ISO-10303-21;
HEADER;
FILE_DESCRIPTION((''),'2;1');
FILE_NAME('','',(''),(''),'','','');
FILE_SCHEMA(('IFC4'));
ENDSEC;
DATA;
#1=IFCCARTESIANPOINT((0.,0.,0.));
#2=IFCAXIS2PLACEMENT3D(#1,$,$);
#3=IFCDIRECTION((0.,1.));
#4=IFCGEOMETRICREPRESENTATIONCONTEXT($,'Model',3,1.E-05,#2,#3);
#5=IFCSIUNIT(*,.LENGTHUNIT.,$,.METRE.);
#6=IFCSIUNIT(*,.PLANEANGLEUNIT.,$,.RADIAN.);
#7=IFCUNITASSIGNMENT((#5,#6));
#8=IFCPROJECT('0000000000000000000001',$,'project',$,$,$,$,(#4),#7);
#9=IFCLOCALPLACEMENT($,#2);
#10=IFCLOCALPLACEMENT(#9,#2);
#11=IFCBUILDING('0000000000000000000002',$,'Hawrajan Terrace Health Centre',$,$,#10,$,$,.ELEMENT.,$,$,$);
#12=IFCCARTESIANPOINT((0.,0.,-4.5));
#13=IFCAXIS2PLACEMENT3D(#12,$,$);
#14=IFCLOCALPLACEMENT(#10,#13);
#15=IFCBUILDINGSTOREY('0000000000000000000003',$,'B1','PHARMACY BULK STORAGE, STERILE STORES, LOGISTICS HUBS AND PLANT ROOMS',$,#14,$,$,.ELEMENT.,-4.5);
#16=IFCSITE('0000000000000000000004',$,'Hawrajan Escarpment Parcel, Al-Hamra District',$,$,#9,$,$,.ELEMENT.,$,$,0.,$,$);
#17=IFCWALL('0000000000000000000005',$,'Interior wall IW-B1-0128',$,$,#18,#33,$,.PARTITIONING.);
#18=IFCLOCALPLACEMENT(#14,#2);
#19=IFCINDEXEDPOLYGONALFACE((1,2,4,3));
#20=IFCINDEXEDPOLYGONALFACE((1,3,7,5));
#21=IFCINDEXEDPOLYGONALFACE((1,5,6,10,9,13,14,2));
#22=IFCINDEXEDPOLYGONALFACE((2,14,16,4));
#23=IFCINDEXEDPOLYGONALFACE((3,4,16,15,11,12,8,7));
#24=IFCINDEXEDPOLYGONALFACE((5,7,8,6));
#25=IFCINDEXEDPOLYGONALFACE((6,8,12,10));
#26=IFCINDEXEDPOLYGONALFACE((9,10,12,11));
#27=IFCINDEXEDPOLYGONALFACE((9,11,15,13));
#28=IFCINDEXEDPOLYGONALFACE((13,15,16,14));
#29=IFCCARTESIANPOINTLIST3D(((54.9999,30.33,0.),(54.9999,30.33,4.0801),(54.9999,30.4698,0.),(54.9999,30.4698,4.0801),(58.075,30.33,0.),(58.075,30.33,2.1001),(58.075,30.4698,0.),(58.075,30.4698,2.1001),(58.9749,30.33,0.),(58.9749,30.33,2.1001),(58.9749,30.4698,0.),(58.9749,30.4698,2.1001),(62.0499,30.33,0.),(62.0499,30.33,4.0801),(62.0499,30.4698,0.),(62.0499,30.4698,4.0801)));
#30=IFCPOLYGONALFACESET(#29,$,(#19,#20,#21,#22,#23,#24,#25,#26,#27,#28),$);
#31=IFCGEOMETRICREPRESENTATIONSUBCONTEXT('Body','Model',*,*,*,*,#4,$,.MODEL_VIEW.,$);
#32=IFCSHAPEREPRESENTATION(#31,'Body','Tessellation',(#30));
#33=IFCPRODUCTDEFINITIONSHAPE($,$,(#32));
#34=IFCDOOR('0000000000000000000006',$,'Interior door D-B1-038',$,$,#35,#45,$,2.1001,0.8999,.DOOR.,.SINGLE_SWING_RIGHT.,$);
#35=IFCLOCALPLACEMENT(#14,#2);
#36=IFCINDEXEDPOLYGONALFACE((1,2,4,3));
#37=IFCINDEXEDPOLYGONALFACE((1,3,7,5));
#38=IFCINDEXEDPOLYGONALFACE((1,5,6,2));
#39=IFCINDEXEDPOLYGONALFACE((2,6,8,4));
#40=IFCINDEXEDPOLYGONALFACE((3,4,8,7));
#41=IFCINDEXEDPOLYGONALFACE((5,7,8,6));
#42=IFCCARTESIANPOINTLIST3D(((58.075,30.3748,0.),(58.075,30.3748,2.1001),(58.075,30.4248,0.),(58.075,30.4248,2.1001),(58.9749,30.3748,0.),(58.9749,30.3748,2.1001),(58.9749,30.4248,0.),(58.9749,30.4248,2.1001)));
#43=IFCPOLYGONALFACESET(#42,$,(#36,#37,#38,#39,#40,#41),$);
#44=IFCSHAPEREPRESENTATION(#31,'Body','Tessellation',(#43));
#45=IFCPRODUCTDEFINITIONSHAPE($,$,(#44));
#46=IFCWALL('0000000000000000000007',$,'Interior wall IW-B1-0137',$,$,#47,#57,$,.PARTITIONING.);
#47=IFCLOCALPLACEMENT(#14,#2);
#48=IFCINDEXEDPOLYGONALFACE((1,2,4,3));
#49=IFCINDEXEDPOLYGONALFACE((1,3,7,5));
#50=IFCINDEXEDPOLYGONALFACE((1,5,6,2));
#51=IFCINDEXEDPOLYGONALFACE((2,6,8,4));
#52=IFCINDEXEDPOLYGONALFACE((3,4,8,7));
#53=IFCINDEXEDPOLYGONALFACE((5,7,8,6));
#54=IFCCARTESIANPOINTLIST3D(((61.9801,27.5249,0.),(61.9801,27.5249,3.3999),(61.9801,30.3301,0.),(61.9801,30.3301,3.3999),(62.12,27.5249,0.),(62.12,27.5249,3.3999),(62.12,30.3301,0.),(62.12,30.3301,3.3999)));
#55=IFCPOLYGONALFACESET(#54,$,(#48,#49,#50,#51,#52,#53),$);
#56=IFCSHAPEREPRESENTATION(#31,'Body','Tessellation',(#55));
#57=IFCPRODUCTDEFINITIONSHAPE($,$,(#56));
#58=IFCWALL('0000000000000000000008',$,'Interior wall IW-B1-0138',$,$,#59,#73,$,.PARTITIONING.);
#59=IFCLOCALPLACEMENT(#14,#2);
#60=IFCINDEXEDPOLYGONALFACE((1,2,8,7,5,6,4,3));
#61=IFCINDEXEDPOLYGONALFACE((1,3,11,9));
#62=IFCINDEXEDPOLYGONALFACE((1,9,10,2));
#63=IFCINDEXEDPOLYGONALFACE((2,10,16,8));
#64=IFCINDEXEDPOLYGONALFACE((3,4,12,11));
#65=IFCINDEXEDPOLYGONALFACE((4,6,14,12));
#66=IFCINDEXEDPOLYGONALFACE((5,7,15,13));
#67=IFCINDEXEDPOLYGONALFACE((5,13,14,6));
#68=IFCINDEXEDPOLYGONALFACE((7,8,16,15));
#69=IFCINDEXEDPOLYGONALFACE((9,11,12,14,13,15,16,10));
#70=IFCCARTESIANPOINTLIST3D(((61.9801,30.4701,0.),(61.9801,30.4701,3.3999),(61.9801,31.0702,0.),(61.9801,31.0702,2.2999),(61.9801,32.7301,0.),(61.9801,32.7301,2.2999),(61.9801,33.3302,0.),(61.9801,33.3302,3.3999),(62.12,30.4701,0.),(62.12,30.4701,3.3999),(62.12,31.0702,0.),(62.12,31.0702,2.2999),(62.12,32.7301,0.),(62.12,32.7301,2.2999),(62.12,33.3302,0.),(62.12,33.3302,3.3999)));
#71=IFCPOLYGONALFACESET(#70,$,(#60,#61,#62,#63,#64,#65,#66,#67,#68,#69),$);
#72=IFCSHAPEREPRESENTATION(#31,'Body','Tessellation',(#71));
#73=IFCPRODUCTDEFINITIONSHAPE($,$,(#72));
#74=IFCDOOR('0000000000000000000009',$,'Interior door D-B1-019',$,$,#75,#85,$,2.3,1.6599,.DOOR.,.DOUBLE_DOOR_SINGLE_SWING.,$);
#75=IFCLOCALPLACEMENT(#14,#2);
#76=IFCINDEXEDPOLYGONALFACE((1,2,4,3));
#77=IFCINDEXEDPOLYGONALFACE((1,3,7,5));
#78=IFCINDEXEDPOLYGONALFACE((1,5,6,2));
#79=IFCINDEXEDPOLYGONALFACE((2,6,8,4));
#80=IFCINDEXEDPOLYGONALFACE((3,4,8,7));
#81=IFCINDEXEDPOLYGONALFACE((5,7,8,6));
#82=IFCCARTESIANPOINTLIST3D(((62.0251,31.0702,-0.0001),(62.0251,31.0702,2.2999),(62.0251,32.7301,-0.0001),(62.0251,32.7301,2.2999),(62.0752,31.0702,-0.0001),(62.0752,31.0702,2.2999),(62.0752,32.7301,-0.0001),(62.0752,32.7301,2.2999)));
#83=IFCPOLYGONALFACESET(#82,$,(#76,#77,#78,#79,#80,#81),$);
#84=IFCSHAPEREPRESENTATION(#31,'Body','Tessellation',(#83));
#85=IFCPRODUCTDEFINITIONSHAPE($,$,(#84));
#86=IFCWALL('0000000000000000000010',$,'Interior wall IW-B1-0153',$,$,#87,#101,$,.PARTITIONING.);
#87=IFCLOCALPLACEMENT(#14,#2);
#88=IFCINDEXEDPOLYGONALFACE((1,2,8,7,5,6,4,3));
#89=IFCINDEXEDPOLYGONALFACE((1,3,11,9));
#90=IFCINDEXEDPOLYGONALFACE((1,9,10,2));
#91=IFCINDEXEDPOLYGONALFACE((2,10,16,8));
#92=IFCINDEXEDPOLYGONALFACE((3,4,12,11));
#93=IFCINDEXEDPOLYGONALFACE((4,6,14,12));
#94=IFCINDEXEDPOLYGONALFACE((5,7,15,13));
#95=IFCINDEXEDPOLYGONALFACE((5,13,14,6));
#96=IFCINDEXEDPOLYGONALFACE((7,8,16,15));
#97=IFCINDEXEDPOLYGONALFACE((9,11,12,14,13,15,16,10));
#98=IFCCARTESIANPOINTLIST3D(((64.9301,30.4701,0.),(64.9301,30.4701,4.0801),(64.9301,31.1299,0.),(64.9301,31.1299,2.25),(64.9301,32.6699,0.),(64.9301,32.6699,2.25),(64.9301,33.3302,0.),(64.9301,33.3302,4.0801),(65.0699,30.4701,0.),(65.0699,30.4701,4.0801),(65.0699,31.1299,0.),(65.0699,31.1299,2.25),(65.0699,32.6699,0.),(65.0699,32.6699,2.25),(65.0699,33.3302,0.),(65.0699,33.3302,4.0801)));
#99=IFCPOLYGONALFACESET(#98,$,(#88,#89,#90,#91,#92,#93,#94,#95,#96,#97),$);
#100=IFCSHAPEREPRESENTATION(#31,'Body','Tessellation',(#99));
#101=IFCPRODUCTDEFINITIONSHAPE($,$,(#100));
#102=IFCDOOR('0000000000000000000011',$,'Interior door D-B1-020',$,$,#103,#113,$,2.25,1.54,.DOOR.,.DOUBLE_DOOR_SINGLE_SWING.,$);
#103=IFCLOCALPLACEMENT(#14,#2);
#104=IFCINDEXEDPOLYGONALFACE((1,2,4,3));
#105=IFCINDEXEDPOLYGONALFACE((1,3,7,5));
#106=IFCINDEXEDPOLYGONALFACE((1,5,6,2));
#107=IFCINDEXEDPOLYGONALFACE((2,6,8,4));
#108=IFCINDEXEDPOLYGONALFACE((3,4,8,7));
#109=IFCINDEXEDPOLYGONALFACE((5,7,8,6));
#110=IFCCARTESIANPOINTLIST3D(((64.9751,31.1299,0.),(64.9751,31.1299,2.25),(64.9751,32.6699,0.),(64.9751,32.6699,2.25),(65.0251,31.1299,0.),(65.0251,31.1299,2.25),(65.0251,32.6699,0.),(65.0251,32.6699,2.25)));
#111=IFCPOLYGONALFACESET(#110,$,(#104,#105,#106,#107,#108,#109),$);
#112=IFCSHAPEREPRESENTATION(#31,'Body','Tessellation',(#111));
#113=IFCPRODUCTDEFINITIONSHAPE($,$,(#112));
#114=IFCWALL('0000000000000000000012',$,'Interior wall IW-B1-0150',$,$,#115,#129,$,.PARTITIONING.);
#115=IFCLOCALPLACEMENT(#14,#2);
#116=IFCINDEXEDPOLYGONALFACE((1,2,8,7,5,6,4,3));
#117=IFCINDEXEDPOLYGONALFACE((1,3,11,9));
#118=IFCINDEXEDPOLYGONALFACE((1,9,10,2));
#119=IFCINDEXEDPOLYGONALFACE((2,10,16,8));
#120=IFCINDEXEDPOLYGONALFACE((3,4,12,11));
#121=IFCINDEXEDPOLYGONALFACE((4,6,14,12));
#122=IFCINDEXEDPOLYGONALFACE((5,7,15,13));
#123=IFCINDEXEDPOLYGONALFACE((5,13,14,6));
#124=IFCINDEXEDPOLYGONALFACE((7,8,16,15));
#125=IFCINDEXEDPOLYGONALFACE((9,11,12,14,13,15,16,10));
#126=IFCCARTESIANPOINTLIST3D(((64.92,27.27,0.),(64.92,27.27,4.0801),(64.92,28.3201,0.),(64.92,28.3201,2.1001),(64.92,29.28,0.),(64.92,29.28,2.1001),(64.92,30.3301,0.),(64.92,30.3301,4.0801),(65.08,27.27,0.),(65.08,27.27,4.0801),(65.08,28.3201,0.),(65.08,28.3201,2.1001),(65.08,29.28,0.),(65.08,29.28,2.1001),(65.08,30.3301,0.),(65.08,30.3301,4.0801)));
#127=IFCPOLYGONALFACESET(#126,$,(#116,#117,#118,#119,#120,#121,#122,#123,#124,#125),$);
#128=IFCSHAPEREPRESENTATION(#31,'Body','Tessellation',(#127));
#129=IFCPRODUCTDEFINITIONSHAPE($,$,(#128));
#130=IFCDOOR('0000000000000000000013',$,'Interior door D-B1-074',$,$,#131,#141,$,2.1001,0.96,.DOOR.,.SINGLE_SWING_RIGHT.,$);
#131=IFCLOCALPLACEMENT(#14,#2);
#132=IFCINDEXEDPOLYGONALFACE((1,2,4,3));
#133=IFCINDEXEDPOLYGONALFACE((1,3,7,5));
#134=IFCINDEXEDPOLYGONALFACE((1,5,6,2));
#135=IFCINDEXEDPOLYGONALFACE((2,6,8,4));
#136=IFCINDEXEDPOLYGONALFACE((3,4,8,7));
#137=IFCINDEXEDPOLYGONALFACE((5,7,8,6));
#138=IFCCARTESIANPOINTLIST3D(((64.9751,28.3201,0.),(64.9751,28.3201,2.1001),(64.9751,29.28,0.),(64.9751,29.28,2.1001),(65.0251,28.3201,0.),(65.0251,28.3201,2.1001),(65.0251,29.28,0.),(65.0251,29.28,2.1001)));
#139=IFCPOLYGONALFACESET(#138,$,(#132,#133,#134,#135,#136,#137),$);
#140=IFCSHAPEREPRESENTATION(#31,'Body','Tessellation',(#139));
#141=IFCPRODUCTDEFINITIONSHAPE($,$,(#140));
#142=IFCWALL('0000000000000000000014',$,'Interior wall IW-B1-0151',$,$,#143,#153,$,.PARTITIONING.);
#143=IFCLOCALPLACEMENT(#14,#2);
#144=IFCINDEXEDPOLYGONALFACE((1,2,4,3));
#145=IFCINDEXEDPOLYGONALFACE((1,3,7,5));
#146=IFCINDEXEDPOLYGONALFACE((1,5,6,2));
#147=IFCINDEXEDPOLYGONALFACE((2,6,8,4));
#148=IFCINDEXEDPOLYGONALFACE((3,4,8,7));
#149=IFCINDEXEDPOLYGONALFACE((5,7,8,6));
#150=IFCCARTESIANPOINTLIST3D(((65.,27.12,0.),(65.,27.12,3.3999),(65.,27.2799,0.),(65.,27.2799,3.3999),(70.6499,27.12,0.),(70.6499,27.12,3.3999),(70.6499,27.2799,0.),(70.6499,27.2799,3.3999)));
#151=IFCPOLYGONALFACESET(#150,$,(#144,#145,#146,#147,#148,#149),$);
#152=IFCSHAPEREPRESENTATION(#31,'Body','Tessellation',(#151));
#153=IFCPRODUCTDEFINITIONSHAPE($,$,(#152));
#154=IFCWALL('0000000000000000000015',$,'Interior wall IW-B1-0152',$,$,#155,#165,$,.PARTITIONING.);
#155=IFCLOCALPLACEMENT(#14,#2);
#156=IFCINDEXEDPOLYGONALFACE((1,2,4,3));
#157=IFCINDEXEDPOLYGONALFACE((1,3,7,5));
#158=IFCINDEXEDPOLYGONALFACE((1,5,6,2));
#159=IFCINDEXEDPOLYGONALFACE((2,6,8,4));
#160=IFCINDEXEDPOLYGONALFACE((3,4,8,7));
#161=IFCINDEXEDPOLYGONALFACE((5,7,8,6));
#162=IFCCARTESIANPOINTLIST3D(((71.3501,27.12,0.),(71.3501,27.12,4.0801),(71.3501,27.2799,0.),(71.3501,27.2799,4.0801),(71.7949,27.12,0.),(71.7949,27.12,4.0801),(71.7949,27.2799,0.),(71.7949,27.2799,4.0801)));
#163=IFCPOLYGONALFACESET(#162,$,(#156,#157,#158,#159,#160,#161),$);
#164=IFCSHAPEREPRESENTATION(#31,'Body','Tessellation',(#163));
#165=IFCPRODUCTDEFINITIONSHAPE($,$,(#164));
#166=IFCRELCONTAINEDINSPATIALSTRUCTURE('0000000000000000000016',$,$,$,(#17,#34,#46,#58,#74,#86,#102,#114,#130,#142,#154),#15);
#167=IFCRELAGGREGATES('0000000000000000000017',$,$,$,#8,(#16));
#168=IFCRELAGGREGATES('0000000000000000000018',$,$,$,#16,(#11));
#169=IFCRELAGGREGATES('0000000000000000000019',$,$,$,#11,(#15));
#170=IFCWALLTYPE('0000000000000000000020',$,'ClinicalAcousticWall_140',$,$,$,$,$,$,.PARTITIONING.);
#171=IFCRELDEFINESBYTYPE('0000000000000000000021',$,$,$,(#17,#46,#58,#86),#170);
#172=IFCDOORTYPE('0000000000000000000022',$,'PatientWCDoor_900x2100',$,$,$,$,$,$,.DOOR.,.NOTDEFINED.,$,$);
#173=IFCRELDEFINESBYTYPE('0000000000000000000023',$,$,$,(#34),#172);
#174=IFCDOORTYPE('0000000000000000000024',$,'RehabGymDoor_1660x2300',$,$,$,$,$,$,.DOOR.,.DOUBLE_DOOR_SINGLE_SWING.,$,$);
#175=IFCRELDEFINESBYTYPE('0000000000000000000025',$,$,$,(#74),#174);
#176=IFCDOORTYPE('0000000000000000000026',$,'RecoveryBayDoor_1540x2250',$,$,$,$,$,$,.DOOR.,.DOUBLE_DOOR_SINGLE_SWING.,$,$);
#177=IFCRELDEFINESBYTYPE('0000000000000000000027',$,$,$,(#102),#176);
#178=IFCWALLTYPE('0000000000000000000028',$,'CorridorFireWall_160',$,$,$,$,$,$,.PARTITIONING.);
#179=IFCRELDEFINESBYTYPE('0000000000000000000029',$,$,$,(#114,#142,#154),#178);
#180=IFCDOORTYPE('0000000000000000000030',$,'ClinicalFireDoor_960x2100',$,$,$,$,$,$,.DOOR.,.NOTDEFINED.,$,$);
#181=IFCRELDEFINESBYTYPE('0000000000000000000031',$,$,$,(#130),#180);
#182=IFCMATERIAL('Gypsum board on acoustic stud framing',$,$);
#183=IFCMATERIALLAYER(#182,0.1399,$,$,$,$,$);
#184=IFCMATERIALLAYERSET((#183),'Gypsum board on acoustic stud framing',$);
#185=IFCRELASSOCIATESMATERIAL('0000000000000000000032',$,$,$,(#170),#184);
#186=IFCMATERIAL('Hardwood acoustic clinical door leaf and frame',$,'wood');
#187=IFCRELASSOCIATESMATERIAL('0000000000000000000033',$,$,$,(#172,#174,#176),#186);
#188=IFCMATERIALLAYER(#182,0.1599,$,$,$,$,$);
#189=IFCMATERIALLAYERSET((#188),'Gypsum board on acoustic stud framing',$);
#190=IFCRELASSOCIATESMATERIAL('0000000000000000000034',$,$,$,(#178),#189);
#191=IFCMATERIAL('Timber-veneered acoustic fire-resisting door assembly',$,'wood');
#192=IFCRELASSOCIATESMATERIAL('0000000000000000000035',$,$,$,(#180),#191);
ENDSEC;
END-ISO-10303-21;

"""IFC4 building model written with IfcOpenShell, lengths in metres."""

from ifc_helpers import new_model, si_unit, direction, frame, frame_2d, origin, place, context, subcontext, project, spatial, rectangle, extrude, material, layer, layer_set, type_object, element, fill, save


model = new_model("IFC4")

# Units and contexts
model_context = context("Model", 3, precision=1e-05, world=origin(), true_north=direction((0.0, 1.0)))
body_context = subcontext(model_context, "Body", "Model", "MODEL_VIEW")
ifc_project = project(units=[si_unit("LENGTHUNIT", "METRE"), si_unit("PLANEANGLEUNIT", "RADIAN")], contexts=[model_context])

# Site, building, storey
site_placement = place(None, origin())
site = spatial("IfcSite", under=ifc_project, at=site_placement, Name="Hawrajan Escarpment Parcel, Al-Hamra District", CompositionType="ELEMENT", RefElevation=0.0)
building_placement = place(site_placement, origin())
building = spatial("IfcBuilding", under=site, at=building_placement, Name="Hawrajan Terrace Health Centre", CompositionType="ELEMENT")
storey_placement = place(building_placement, frame((0.0, 0.0, -4.5)))
storey = spatial("IfcBuildingStorey", under=building, at=storey_placement, Name="B1", Description="PHARMACY BULK STORAGE, STERILE STORES, LOGISTICS HUBS AND PLANT ROOMS", CompositionType="ELEMENT", Elevation=-4.5)

# Wall, opening, door
ifc_material_1 = material(Name="Gypsum board on acoustic stud framing")
ifc_layer_1 = layer(ifc_material_1, 0.1399)
ifc_layer_set_1 = layer_set([ifc_layer_1], Name="Gypsum board on acoustic stud framing")
wall_type_1 = type_object("IfcWallType", Name="ClinicalAcousticWall_140", PredefinedType="PARTITIONING", material=ifc_layer_set_1)
wall_1_placement = place(storey_placement, frame((55.0, 30.3999, 0.0), z_axis=(0.0, 0.0, 1.0), x_axis=(1.0, 0.0, 0.0)))
wall_1 = element("IfcWall", 1, at=wall_1_placement, inside=storey, type_object=wall_type_1, Name="Interior wall IW-B1-0128", PredefinedType="PARTITIONING", context=body_context, shape_type="SweptSolid", body=[
    extrude(rectangle(XDim=7.05, YDim=0.1399, at=frame_2d((3.5249, 0.0))), origin(), (0.0, 0.0, 1.0), 4.0801),
])
opening_1_placement = place(wall_1_placement, frame((3.075, 0.0, 0.0)))
opening_1 = element("IfcOpeningElement", 2, at=opening_1_placement, cuts=wall_1, PredefinedType="OPENING", context=body_context, shape_type="SweptSolid", body=[
    extrude(rectangle(XDim=0.8999, YDim=2.1001, at=frame_2d((0.45, 1.05))), frame((0.0, 0.0798, 0.0), z_axis=(0.0, -1.0, 0.0), x_axis=(1.0, 0.0, 0.0)), (0.0, 0.0, 1.0), 0.1599),
])
ifc_material_2 = material(Name="Hardwood acoustic clinical door leaf and frame", Category="wood")
door_type_1 = type_object("IfcDoorType", Name="PatientWCDoor_900x2100", OperationType="NOTDEFINED", PredefinedType="DOOR", material=ifc_material_2)
door_1_placement = place(opening_1_placement, origin())
door_1 = element("IfcDoor", 3, at=door_1_placement, inside=storey, type_object=door_type_1, Name="Interior door D-B1-038", OperationType="SINGLE_SWING_RIGHT", OverallHeight=2.1001, OverallWidth=0.8999, PredefinedType="DOOR", context=body_context, shape_type="SweptSolid", body=[
    extrude(rectangle(XDim=0.8999, YDim=2.1001, at=frame_2d((0.45, 1.05))), frame((0.0, 0.0249, 0.0), z_axis=(0.0, -1.0, 0.0), x_axis=(1.0, 0.0, 0.0)), (0.0, 0.0, 1.0), 0.05),
])
fill(opening_1, door_1)

# Wall
wall_2_placement = place(storey_placement, frame((62.05, 27.5249, 0.0), z_axis=(0.0, 0.0, 1.0), x_axis=(0.0, 1.0, 0.0)))
element("IfcWall", 4, at=wall_2_placement, inside=storey, type_object=wall_type_1, Name="Interior wall IW-B1-0137", PredefinedType="PARTITIONING", context=body_context, shape_type="SweptSolid", body=[
    extrude(rectangle(XDim=2.8052, YDim=0.1399, at=frame_2d((1.4026, 0.0))), origin(), (0.0, 0.0, 1.0), 3.3999),
])

# Walls, openings, doors
wall_3_placement = place(storey_placement, frame((62.05, 30.47, 0.0), z_axis=(0.0, 0.0, 1.0), x_axis=(0.0, 1.0, 0.0)))
wall_3 = element("IfcWall", 5, at=wall_3_placement, inside=storey, type_object=wall_type_1, Name="Interior wall IW-B1-0138", PredefinedType="PARTITIONING", context=body_context, shape_type="SweptSolid", body=[
    extrude(rectangle(XDim=2.8601, YDim=0.1399, at=frame_2d((1.4302, 0.0))), origin(), (0.0, 0.0, 1.0), 3.3999),
])
opening_2_placement = place(wall_3_placement, frame((0.6001, 0.0, 0.0)))
opening_2 = element("IfcOpeningElement", 6, at=opening_2_placement, cuts=wall_3, PredefinedType="OPENING", context=body_context, shape_type="SweptSolid", body=[
    extrude(rectangle(XDim=1.6599, YDim=2.3, at=frame_2d((0.8301, 1.1499))), frame((0.0, 0.0798, 0.0), z_axis=(0.0, -1.0, 0.0), x_axis=(1.0, 0.0, 0.0)), (0.0, 0.0, 1.0), 0.1599),
])
door_type_2 = type_object("IfcDoorType", Name="RehabGymDoor_1660x2300", OperationType="DOUBLE_DOOR_SINGLE_SWING", PredefinedType="DOOR", material=ifc_material_2)
door_2_placement = place(opening_2_placement, origin())
door_2 = element("IfcDoor", 7, at=door_2_placement, inside=storey, type_object=door_type_2, Name="Interior door D-B1-019", OperationType="DOUBLE_DOOR_SINGLE_SWING", OverallHeight=2.3, OverallWidth=1.6599, PredefinedType="DOOR", context=body_context, shape_type="SweptSolid", body=[
    extrude(rectangle(XDim=1.6599, YDim=2.3, at=frame_2d((0.8301, 1.1499))), frame((0.0, 0.0249, 0.0), z_axis=(0.0, -1.0, 0.0), x_axis=(1.0, 0.0, 0.0)), (0.0, 0.0, 1.0), 0.05),
])
fill(opening_2, door_2)
wall_4_placement = place(storey_placement, frame((65.0, 30.47, 0.0), z_axis=(0.0, 0.0, 1.0), x_axis=(0.0, 1.0, 0.0)))
wall_4 = element("IfcWall", 8, at=wall_4_placement, inside=storey, type_object=wall_type_1, Name="Interior wall IW-B1-0153", PredefinedType="PARTITIONING", context=body_context, shape_type="SweptSolid", body=[
    extrude(rectangle(XDim=2.8601, YDim=0.1399, at=frame_2d((1.4302, 0.0))), origin(), (0.0, 0.0, 1.0), 4.0801),
])
opening_3_placement = place(wall_4_placement, frame((0.6599, 0.0, 0.0)))
opening_3 = element("IfcOpeningElement", 9, at=opening_3_placement, cuts=wall_4, PredefinedType="OPENING", context=body_context, shape_type="SweptSolid", body=[
    extrude(rectangle(XDim=1.54, YDim=2.25, at=frame_2d((0.77, 1.125))), frame((0.0, 0.0798, 0.0), z_axis=(0.0, -1.0, 0.0), x_axis=(1.0, 0.0, 0.0)), (0.0, 0.0, 1.0), 0.1599),
])
door_type_3 = type_object("IfcDoorType", Name="RecoveryBayDoor_1540x2250", OperationType="DOUBLE_DOOR_SINGLE_SWING", PredefinedType="DOOR", material=ifc_material_2)
door_3_placement = place(opening_3_placement, origin())
door_3 = element("IfcDoor", 10, at=door_3_placement, inside=storey, type_object=door_type_3, Name="Interior door D-B1-020", OperationType="DOUBLE_DOOR_SINGLE_SWING", OverallHeight=2.25, OverallWidth=1.54, PredefinedType="DOOR", context=body_context, shape_type="SweptSolid", body=[
    extrude(rectangle(XDim=1.54, YDim=2.25, at=frame_2d((0.77, 1.125))), frame((0.0, 0.0249, 0.0), z_axis=(0.0, -1.0, 0.0), x_axis=(1.0, 0.0, 0.0)), (0.0, 0.0, 1.0), 0.05),
])
fill(opening_3, door_3)
ifc_layer_2 = layer(ifc_material_1, 0.1599)
ifc_layer_set_2 = layer_set([ifc_layer_2], Name="Gypsum board on acoustic stud framing")
wall_type_2 = type_object("IfcWallType", Name="CorridorFireWall_160", PredefinedType="PARTITIONING", material=ifc_layer_set_2)
wall_5_placement = place(storey_placement, frame((65.0, 27.27, 0.0), z_axis=(0.0, 0.0, 1.0), x_axis=(0.0, 1.0, 0.0)))
wall_5 = element("IfcWall", 11, at=wall_5_placement, inside=storey, type_object=wall_type_2, Name="Interior wall IW-B1-0150", PredefinedType="PARTITIONING", context=body_context, shape_type="SweptSolid", body=[
    extrude(rectangle(XDim=3.0601, YDim=0.1599, at=frame_2d((1.53, 0.0))), origin(), (0.0, 0.0, 1.0), 4.0801),
])
opening_4_placement = place(wall_5_placement, frame((1.05, 0.0, 0.0)))
opening_4 = element("IfcOpeningElement", 12, at=opening_4_placement, cuts=wall_5, PredefinedType="OPENING", context=body_context, shape_type="SweptSolid", body=[
    extrude(rectangle(XDim=0.96, YDim=2.1001, at=frame_2d((0.48, 1.05))), frame((0.0, 0.0898, 0.0), z_axis=(0.0, -1.0, 0.0), x_axis=(1.0, 0.0, 0.0)), (0.0, 0.0, 1.0), 0.1799),
])
ifc_material_3 = material(Name="Timber-veneered acoustic fire-resisting door assembly", Category="wood")
door_type_4 = type_object("IfcDoorType", Name="ClinicalFireDoor_960x2100", OperationType="NOTDEFINED", PredefinedType="DOOR", material=ifc_material_3)
door_4_placement = place(opening_4_placement, origin())
door_4 = element("IfcDoor", 13, at=door_4_placement, inside=storey, type_object=door_type_4, Name="Interior door D-B1-074", OperationType="SINGLE_SWING_RIGHT", OverallHeight=2.1001, OverallWidth=0.96, PredefinedType="DOOR", context=body_context, shape_type="SweptSolid", body=[
    extrude(rectangle(XDim=0.96, YDim=2.1001, at=frame_2d((0.48, 1.05))), frame((0.0, 0.0249, 0.0), z_axis=(0.0, -1.0, 0.0), x_axis=(1.0, 0.0, 0.0)), (0.0, 0.0, 1.0), 0.05),
])
fill(opening_4, door_4)

# Walls
wall_6_placement = place(storey_placement, frame((65.0, 27.2, 0.0), z_axis=(0.0, 0.0, 1.0), x_axis=(1.0, 0.0, 0.0)))
element("IfcWall", 14, at=wall_6_placement, inside=storey, type_object=wall_type_2, Name="Interior wall IW-B1-0151", PredefinedType="PARTITIONING", context=body_context, shape_type="SweptSolid", body=[
    extrude(rectangle(XDim=5.6499, YDim=0.1599, at=frame_2d((2.825, 0.0))), origin(), (0.0, 0.0, 1.0), 3.3999),
])
wall_7_placement = place(storey_placement, frame((71.3501, 27.2, 0.0), z_axis=(0.0, 0.0, 1.0), x_axis=(1.0, 0.0, 0.0)))
element("IfcWall", 15, at=wall_7_placement, inside=storey, type_object=wall_type_2, Name="Interior wall IW-B1-0152", PredefinedType="PARTITIONING", context=body_context, shape_type="SweptSolid", body=[
    extrude(rectangle(XDim=0.4448, YDim=0.1599, at=frame_2d((0.2224, 0.0))), origin(), (0.0, 0.0, 1.0), 4.0801),
])

save(model, "model.ifc")
